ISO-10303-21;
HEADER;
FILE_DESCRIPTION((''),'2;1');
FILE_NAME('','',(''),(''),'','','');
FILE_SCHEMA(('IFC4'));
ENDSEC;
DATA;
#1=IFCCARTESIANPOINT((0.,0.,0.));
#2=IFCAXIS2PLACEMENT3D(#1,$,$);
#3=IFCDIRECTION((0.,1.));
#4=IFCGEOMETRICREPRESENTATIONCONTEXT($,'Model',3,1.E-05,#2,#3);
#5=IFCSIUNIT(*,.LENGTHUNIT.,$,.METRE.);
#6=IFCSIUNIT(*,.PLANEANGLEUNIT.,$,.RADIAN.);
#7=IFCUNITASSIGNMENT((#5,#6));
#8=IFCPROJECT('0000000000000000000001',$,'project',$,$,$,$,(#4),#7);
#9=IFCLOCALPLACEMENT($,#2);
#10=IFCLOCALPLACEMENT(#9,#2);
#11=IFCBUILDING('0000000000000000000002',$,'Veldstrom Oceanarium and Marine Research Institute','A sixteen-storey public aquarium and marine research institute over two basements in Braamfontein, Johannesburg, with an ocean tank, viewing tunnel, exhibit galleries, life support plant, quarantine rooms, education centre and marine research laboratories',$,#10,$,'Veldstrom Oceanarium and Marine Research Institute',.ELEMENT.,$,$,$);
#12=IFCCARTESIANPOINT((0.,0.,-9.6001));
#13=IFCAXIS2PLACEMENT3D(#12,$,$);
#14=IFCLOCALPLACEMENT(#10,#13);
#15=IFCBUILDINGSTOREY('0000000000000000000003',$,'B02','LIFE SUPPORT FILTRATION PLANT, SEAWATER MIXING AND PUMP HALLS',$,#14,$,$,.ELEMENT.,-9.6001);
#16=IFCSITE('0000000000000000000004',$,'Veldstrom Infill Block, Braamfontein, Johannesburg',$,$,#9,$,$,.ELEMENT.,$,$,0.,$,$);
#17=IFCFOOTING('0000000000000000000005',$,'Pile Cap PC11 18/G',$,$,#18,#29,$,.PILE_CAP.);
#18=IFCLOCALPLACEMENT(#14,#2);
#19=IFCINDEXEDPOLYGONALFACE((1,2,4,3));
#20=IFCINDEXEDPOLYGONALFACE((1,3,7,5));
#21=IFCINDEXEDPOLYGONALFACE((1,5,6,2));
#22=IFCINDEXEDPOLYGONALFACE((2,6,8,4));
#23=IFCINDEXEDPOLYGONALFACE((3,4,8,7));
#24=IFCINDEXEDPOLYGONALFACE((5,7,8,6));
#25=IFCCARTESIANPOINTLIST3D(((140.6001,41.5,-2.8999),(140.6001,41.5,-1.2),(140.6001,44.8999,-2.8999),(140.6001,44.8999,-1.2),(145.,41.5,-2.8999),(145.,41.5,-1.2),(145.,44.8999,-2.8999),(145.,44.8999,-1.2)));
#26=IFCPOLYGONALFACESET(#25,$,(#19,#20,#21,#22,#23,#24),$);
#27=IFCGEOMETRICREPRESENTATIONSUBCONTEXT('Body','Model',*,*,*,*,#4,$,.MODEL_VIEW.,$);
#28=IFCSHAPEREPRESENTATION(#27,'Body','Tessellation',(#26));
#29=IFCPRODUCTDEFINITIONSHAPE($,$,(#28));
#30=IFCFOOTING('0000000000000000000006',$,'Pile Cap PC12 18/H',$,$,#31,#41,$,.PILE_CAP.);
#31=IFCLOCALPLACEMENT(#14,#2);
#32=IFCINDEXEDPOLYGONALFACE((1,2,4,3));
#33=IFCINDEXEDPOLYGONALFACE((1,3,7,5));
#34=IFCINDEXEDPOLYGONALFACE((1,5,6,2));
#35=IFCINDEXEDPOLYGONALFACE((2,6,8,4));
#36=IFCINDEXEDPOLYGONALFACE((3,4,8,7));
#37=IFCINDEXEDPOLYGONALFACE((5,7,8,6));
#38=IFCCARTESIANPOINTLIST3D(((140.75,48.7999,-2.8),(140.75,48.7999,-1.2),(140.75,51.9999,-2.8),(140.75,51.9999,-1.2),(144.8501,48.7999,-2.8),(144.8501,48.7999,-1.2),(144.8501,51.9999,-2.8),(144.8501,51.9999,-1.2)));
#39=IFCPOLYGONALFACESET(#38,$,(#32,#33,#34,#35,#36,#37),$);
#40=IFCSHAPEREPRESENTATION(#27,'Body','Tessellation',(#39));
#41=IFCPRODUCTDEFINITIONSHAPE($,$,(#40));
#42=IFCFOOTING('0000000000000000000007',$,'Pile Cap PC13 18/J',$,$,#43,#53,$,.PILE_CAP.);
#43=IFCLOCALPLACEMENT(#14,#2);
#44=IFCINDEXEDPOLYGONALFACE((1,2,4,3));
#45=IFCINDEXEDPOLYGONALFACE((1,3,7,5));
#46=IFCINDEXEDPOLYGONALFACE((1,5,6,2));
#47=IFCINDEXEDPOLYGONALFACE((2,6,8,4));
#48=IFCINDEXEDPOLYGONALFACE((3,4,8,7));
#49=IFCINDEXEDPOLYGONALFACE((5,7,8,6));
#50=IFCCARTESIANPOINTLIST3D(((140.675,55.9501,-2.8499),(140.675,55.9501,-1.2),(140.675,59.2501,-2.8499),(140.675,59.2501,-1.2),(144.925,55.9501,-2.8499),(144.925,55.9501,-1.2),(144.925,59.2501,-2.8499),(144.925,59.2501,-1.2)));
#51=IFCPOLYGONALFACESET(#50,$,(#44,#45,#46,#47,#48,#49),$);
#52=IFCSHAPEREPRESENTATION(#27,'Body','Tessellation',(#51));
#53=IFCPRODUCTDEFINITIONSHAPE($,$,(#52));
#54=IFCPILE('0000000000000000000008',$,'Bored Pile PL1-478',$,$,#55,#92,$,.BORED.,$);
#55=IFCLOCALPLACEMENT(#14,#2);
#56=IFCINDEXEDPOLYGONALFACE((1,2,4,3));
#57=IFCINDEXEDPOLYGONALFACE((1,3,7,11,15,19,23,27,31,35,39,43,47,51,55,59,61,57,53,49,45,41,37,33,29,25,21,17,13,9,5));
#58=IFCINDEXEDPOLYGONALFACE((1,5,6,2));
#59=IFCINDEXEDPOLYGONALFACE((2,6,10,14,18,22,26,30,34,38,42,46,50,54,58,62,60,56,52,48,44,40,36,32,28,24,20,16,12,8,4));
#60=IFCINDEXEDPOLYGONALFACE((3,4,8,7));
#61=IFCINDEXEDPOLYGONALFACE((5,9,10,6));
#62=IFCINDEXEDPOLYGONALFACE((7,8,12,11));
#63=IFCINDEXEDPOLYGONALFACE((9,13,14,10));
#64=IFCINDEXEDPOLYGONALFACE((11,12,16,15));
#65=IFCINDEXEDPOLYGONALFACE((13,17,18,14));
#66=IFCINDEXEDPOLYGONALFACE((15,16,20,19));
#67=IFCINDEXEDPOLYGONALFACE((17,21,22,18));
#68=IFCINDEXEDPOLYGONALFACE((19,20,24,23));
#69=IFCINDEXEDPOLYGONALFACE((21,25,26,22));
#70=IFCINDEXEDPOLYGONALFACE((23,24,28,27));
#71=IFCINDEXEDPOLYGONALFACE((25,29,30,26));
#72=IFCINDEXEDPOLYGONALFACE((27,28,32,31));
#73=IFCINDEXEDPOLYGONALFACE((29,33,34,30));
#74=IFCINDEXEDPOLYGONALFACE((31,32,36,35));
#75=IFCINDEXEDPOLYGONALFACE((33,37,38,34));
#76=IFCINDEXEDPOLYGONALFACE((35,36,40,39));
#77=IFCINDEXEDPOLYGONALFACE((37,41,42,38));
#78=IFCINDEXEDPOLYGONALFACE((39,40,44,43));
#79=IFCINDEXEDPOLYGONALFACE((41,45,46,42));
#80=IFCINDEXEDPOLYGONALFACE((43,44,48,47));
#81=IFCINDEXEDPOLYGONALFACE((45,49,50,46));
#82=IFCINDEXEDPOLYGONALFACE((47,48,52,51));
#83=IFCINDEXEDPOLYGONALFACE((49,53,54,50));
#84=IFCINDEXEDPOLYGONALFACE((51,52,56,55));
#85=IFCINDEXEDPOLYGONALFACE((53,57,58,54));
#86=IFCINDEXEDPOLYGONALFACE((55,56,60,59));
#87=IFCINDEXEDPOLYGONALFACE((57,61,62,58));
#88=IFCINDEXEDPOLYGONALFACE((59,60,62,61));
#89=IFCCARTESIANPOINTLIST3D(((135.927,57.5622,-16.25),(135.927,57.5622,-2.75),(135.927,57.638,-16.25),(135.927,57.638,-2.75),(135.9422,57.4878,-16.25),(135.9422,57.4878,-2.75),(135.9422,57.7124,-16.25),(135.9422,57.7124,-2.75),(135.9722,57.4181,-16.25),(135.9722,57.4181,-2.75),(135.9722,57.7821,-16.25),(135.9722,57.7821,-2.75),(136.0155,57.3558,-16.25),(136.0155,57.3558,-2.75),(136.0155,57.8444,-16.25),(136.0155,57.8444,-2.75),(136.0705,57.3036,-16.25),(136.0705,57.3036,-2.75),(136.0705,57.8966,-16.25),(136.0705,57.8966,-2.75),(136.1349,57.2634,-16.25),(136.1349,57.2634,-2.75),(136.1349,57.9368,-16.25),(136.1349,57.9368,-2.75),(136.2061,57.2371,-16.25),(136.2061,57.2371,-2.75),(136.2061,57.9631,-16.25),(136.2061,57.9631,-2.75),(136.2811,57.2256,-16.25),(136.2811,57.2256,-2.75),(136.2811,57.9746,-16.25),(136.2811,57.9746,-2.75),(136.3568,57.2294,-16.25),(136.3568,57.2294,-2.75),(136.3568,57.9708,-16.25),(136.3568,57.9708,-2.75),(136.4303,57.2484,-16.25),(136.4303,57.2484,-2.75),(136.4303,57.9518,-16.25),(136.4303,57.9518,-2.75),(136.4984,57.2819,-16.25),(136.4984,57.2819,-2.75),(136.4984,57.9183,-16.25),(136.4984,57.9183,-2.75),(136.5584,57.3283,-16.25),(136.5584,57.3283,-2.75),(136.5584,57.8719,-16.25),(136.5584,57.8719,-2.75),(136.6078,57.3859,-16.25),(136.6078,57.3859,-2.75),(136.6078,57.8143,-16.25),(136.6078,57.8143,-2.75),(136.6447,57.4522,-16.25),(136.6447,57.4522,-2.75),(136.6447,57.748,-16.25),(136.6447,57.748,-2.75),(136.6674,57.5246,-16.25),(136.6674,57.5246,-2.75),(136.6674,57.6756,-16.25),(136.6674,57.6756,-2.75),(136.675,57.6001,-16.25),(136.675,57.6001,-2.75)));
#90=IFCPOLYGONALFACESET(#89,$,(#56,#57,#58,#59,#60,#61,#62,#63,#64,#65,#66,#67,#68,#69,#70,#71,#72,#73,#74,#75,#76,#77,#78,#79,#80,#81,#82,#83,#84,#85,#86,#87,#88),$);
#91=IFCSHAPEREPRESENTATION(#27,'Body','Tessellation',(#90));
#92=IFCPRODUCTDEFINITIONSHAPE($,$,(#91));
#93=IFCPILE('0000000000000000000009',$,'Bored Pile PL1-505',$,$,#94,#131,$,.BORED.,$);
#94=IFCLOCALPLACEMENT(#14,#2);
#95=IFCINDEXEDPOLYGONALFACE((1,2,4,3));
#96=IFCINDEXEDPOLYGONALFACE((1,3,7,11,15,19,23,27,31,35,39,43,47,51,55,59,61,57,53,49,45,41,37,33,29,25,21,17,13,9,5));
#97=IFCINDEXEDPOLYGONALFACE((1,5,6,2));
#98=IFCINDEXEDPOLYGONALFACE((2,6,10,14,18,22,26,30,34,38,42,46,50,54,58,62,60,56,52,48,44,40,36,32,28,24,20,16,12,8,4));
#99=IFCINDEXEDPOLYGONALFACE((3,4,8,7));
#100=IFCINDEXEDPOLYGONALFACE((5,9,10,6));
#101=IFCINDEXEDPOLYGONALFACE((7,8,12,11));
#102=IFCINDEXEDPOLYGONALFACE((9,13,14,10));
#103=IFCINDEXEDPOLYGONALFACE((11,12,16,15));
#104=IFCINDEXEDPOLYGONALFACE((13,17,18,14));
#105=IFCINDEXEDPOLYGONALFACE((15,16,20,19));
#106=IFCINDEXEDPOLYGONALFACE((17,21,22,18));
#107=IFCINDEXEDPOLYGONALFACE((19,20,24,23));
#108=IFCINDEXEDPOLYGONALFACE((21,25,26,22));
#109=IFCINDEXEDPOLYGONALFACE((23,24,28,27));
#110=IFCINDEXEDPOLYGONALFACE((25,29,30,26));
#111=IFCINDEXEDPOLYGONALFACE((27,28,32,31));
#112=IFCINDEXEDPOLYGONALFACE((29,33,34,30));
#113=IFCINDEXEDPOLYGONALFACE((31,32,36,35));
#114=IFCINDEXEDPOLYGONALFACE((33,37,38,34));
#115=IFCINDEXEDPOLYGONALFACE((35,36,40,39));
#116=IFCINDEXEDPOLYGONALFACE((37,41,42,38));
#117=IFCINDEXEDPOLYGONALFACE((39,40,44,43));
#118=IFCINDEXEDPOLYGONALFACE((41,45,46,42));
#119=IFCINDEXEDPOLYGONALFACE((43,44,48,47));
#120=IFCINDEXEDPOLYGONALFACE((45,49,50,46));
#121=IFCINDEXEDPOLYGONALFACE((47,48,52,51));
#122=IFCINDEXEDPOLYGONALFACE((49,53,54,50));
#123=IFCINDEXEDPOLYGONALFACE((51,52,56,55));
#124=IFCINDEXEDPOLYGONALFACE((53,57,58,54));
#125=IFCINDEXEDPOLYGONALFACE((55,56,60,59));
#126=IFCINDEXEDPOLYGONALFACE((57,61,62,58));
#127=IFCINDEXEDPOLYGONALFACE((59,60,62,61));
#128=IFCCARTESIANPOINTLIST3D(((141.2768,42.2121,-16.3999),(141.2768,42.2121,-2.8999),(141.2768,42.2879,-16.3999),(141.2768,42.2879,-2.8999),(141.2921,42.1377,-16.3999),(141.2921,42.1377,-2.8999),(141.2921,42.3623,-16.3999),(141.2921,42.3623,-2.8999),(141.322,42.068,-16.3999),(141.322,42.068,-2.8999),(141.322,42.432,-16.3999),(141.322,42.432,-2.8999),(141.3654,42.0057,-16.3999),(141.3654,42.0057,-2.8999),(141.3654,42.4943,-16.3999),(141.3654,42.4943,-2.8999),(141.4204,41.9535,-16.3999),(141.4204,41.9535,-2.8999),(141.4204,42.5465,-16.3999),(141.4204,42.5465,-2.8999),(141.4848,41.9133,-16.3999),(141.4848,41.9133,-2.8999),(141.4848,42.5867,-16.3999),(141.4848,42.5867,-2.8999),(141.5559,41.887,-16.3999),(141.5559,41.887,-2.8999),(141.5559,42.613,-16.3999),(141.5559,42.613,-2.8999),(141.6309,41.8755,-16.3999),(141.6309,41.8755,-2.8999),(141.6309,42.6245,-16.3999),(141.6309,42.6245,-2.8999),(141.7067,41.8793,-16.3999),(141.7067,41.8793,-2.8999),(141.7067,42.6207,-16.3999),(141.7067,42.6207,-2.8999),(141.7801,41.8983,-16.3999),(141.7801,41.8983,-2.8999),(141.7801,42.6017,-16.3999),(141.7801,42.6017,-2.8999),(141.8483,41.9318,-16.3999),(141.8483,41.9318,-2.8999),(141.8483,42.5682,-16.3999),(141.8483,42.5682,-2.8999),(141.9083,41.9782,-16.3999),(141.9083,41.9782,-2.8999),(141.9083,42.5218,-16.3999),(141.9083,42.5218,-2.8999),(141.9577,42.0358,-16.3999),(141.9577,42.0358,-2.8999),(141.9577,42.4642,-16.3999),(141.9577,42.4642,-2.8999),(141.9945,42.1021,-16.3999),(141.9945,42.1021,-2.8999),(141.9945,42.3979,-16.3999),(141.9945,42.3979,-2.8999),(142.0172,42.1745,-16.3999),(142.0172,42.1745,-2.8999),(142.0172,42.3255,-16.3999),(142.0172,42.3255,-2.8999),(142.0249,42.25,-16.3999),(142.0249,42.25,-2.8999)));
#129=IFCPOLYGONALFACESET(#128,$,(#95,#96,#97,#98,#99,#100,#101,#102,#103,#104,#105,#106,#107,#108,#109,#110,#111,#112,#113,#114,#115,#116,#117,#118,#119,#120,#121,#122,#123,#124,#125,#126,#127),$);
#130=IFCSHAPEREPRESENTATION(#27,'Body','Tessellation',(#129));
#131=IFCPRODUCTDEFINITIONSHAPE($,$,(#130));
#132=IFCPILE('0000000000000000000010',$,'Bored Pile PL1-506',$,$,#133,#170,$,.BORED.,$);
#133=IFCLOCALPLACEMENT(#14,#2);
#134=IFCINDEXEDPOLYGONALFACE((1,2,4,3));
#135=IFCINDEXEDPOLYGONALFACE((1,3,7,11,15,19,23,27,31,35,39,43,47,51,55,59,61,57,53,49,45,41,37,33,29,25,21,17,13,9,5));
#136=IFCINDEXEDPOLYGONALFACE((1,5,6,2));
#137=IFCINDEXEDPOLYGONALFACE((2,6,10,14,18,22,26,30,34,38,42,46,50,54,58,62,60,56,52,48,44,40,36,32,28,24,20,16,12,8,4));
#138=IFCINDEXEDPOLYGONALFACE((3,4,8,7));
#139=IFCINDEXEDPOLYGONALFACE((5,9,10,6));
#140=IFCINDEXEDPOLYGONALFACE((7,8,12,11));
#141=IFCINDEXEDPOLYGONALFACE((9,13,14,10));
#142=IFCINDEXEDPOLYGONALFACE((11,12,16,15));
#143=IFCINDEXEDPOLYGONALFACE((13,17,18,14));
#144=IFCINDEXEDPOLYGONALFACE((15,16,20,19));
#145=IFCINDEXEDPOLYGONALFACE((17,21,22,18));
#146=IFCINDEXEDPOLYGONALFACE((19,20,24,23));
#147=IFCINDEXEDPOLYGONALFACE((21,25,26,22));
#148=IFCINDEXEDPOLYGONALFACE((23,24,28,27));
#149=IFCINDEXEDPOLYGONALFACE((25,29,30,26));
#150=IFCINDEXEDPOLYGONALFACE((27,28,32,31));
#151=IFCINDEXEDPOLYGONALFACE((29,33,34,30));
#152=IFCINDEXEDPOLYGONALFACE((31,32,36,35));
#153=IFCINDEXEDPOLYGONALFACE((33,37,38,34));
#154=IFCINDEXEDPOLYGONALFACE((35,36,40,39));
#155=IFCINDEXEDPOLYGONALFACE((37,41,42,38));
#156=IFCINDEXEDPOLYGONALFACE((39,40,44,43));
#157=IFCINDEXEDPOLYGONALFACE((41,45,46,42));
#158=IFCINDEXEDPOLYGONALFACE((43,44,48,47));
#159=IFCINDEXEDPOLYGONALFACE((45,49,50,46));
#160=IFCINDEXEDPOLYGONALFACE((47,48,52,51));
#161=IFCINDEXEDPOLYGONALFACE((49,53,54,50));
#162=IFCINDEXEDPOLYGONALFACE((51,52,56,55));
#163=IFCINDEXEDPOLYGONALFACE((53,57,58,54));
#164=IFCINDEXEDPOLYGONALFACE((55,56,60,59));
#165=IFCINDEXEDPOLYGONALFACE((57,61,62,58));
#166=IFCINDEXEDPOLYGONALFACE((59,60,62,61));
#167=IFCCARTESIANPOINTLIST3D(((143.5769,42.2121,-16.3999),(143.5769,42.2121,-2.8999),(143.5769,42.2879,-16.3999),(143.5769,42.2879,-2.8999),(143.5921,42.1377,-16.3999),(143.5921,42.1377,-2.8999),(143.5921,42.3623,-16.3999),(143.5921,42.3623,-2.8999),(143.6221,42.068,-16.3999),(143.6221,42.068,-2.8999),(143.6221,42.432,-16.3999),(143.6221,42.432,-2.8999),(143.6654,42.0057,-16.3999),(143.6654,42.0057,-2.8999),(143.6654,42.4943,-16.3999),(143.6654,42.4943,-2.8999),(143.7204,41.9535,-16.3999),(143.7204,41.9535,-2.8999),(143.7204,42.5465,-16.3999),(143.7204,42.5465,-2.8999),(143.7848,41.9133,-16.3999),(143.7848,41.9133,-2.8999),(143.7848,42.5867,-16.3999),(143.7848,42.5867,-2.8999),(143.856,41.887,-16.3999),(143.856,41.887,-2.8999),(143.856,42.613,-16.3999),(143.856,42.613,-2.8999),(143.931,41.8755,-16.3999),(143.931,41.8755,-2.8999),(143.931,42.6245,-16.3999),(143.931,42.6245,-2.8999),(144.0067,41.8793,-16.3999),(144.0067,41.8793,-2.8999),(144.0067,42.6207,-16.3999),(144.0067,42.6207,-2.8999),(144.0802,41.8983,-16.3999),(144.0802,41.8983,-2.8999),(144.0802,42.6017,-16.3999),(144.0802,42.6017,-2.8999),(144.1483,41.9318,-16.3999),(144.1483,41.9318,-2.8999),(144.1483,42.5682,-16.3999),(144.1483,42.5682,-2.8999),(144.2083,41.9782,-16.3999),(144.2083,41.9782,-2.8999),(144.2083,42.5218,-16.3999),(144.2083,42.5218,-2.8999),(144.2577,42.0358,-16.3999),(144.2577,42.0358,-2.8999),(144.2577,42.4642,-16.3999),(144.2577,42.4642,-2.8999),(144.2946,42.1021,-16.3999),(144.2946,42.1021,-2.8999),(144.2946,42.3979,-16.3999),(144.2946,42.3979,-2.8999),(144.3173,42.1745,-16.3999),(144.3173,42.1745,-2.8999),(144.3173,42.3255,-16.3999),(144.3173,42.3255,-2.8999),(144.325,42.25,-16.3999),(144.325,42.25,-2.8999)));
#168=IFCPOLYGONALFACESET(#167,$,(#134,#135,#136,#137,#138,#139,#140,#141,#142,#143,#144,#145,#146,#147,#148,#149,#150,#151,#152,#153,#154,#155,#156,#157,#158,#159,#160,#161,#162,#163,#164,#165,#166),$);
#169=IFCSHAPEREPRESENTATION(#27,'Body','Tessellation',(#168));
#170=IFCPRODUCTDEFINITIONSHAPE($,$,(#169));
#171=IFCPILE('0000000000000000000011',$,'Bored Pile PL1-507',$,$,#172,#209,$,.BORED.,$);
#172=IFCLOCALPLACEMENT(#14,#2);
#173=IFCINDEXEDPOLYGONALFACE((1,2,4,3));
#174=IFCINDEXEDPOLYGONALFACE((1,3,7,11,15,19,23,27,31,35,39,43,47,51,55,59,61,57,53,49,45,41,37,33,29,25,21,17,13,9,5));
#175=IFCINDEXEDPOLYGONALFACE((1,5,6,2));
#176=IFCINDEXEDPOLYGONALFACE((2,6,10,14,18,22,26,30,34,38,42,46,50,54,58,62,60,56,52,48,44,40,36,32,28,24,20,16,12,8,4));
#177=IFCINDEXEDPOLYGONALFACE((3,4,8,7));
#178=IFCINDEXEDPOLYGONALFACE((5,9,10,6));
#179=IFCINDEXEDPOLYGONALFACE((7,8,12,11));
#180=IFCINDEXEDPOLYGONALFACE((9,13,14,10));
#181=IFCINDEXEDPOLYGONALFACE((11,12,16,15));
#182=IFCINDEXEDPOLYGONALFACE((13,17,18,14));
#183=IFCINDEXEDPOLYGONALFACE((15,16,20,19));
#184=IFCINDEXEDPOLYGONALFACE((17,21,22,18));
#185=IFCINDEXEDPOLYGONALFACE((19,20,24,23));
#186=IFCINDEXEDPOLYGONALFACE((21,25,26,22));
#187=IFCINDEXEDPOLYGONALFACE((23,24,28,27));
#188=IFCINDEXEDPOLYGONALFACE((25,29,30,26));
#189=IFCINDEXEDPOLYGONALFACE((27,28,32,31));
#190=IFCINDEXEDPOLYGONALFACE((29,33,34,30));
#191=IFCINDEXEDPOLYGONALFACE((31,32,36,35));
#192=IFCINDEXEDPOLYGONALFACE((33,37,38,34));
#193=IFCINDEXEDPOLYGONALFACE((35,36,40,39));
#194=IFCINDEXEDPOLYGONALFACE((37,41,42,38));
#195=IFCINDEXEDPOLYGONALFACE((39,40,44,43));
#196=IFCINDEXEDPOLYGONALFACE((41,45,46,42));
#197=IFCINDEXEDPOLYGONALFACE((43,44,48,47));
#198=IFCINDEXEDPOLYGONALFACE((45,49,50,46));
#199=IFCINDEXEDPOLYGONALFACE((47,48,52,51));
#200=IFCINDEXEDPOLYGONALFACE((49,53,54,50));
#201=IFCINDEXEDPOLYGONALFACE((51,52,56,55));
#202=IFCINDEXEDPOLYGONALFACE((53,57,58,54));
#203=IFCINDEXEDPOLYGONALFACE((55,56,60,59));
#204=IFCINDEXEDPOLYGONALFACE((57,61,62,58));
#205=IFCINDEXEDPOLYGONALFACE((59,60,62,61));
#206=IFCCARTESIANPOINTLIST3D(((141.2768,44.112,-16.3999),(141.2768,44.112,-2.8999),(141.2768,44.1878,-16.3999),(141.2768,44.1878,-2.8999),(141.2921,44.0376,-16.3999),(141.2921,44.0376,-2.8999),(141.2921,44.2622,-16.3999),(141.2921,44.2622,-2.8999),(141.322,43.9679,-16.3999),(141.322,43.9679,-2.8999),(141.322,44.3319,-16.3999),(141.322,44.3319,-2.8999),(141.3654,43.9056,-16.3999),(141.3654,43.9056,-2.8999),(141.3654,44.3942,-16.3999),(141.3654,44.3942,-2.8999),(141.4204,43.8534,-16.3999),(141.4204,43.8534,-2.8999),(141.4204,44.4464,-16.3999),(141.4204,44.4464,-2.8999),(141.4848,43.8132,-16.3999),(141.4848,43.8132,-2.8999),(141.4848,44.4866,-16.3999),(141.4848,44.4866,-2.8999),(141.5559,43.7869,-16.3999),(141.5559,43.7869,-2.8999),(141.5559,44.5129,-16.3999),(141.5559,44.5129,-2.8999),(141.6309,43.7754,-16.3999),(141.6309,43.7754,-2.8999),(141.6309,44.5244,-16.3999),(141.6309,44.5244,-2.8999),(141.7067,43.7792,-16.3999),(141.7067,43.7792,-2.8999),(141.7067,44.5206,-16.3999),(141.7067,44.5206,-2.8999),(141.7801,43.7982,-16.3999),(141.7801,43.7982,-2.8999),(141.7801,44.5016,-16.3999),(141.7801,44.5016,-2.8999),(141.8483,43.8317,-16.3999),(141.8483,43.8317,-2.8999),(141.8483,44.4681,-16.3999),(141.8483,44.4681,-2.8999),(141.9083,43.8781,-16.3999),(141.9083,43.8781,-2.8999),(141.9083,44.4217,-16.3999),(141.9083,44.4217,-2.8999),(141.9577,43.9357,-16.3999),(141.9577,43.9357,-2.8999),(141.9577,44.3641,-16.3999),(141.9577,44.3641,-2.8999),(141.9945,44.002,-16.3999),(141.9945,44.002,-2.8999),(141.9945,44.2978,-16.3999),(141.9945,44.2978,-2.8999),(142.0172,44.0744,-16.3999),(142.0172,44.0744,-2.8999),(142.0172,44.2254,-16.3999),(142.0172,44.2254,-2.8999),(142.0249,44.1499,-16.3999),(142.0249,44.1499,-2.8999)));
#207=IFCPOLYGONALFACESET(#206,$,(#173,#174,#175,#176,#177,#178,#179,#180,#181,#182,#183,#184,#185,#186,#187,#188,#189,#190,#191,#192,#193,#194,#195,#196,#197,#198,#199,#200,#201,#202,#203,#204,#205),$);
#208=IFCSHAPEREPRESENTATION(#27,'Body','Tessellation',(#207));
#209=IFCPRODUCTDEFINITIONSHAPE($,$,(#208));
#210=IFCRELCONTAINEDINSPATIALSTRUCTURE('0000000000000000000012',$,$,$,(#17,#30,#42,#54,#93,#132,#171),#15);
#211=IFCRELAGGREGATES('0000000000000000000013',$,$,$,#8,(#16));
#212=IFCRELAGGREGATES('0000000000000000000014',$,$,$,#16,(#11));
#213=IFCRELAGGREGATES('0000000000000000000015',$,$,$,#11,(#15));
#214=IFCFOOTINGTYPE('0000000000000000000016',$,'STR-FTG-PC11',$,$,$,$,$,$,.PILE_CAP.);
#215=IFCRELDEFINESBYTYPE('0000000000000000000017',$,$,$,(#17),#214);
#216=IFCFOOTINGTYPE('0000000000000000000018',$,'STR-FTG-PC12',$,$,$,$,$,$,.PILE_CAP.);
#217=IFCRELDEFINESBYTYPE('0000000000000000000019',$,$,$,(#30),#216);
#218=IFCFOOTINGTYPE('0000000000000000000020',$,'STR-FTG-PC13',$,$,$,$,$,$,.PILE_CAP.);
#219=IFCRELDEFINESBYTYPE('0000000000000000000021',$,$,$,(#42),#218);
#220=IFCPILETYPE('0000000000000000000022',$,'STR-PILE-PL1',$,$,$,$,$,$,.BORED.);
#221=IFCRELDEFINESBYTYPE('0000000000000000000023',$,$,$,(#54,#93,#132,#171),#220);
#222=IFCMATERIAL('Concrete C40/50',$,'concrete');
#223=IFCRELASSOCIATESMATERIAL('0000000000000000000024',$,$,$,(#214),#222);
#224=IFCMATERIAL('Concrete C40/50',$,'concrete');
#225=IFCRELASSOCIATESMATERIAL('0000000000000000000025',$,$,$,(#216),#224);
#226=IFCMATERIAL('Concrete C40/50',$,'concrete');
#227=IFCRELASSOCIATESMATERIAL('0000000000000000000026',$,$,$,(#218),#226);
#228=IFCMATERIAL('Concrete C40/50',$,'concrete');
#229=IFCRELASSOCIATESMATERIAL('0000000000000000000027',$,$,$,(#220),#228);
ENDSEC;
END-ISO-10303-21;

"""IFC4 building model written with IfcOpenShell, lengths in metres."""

from ifc_helpers import new_model, si_unit, direction, frame, origin, origin_2d, place, context, subcontext, project, spatial, rectangle, circle, extrude, material, material_profile, profile_set, type_object, element, save


model = new_model("IFC4")

# Units and contexts
model_context = context("Model", 3, precision=1e-05, world=origin(), true_north=direction((0.0, 1.0)))
body_context = subcontext(model_context, "Body", "Model", "MODEL_VIEW")
ifc_project = project(units=[si_unit("LENGTHUNIT", "METRE"), si_unit("PLANEANGLEUNIT", "RADIAN")], contexts=[model_context])

# Site, building, storey
site_placement = place(None, origin())
site = spatial("IfcSite", under=ifc_project, at=site_placement, Name="Veldstrom Infill Block, Braamfontein, Johannesburg", CompositionType="ELEMENT", RefElevation=0.0)
building_placement = place(site_placement, origin())
building = spatial("IfcBuilding", under=site, at=building_placement, Name="Veldstrom Oceanarium and Marine Research Institute", Description="A sixteen-storey public aquarium and marine research institute over two basements in Braamfontein, Johannesburg, with an ocean tank, viewing tunnel, exhibit galleries, life support plant, quarantine rooms, education centre and marine research laboratories", LongName="Veldstrom Oceanarium and Marine Research Institute", CompositionType="ELEMENT")
storey_placement = place(building_placement, frame((0.0, 0.0, -9.6001)))
storey = spatial("IfcBuildingStorey", under=building, at=storey_placement, Name="B02", Description="LIFE SUPPORT FILTRATION PLANT, SEAWATER MIXING AND PUMP HALLS", CompositionType="ELEMENT", Elevation=-9.6001)

# Footings
ifc_material_1 = material(Name="Concrete C40/50", Category="concrete")
footing_type_1 = type_object("IfcFootingType", Name="STR-FTG-PC11", PredefinedType="PILE_CAP", material=ifc_material_1)
footing_1_placement = place(storey_placement, frame((142.8, 43.2, -2.8999), z_axis=(0.0, 0.0, 1.0), x_axis=(1.0, 0.0, 0.0)))
element("IfcFooting", 1, at=footing_1_placement, inside=storey, type_object=footing_type_1, Name="Pile Cap PC11 18/G", PredefinedType="PILE_CAP", context=body_context, shape_type="SweptSolid", body=[
    extrude(rectangle(XDim=4.3999, YDim=3.3999, at=origin_2d()), origin(), (0.0, 0.0, 1.0), 1.7),
])
ifc_material_2 = material(Name="Concrete C40/50", Category="concrete")
footing_type_2 = type_object("IfcFootingType", Name="STR-FTG-PC12", PredefinedType="PILE_CAP", material=ifc_material_2)
footing_2_placement = place(storey_placement, frame((142.8, 50.3999, -2.8), z_axis=(0.0, 0.0, 1.0), x_axis=(1.0, 0.0, 0.0)))
element("IfcFooting", 2, at=footing_2_placement, inside=storey, type_object=footing_type_2, Name="Pile Cap PC12 18/H", PredefinedType="PILE_CAP", context=body_context, shape_type="SweptSolid", body=[
    extrude(rectangle(XDim=4.1001, YDim=3.2, at=origin_2d()), origin(), (0.0, 0.0, 1.0), 1.6001),
])
ifc_material_3 = material(Name="Concrete C40/50", Category="concrete")
footing_type_3 = type_object("IfcFootingType", Name="STR-FTG-PC13", PredefinedType="PILE_CAP", material=ifc_material_3)
footing_3_placement = place(storey_placement, frame((142.8, 57.6001, -2.8499), z_axis=(0.0, 0.0, 1.0), x_axis=(1.0, 0.0, 0.0)))
element("IfcFooting", 3, at=footing_3_placement, inside=storey, type_object=footing_type_3, Name="Pile Cap PC13 18/J", PredefinedType="PILE_CAP", context=body_context, shape_type="SweptSolid", body=[
    extrude(rectangle(XDim=4.25, YDim=3.3, at=origin_2d()), origin(), (0.0, 0.0, 1.0), 1.6499),
])

# Piles
ifc_material_4 = material(Name="Concrete C40/50", Category="concrete")
ifc_material_profile_1 = material_profile(ifc_material_4, circle(Radius=0.375, at=origin_2d()), Name="PILE-D750")
ifc_profile_set_1 = profile_set([ifc_material_profile_1], Name="Concrete C40/50")
pile_type = type_object("IfcPileType", Name="STR-PILE-PL1", PredefinedType="BORED", material=ifc_profile_set_1)
for number, where, z_axis, x_axis, name in (
    (4, (136.3, 57.6001, -2.75), (0.0, 0.0, -1.0), (1.0, 0.0, 0.0), "Bored Pile PL1-478"),
    (5, (141.6499, 42.25, -2.8999), (0.0, 0.0, -1.0), (1.0, 0.0, 0.0), "Bored Pile PL1-505"),
    (6, (143.95, 42.25, -2.8999), (0.0, 0.0, -1.0), (1.0, 0.0, 0.0), "Bored Pile PL1-506"),
    (7, (141.6499, 44.1499, -2.8999), (0.0, 0.0, -1.0), (1.0, 0.0, 0.0), "Bored Pile PL1-507"),
):
    element("IfcPile", number, at=place(storey_placement, frame(where, z_axis=z_axis, x_axis=x_axis)), inside=storey, type_object=pile_type, Name=name, PredefinedType="BORED", context=body_context, shape_type="SweptSolid", body=[
        extrude(circle(Radius=0.375, at=origin_2d()), origin(), (0.0, 0.0, 1.0), 13.5),
    ])

save(model, "model.ifc")
